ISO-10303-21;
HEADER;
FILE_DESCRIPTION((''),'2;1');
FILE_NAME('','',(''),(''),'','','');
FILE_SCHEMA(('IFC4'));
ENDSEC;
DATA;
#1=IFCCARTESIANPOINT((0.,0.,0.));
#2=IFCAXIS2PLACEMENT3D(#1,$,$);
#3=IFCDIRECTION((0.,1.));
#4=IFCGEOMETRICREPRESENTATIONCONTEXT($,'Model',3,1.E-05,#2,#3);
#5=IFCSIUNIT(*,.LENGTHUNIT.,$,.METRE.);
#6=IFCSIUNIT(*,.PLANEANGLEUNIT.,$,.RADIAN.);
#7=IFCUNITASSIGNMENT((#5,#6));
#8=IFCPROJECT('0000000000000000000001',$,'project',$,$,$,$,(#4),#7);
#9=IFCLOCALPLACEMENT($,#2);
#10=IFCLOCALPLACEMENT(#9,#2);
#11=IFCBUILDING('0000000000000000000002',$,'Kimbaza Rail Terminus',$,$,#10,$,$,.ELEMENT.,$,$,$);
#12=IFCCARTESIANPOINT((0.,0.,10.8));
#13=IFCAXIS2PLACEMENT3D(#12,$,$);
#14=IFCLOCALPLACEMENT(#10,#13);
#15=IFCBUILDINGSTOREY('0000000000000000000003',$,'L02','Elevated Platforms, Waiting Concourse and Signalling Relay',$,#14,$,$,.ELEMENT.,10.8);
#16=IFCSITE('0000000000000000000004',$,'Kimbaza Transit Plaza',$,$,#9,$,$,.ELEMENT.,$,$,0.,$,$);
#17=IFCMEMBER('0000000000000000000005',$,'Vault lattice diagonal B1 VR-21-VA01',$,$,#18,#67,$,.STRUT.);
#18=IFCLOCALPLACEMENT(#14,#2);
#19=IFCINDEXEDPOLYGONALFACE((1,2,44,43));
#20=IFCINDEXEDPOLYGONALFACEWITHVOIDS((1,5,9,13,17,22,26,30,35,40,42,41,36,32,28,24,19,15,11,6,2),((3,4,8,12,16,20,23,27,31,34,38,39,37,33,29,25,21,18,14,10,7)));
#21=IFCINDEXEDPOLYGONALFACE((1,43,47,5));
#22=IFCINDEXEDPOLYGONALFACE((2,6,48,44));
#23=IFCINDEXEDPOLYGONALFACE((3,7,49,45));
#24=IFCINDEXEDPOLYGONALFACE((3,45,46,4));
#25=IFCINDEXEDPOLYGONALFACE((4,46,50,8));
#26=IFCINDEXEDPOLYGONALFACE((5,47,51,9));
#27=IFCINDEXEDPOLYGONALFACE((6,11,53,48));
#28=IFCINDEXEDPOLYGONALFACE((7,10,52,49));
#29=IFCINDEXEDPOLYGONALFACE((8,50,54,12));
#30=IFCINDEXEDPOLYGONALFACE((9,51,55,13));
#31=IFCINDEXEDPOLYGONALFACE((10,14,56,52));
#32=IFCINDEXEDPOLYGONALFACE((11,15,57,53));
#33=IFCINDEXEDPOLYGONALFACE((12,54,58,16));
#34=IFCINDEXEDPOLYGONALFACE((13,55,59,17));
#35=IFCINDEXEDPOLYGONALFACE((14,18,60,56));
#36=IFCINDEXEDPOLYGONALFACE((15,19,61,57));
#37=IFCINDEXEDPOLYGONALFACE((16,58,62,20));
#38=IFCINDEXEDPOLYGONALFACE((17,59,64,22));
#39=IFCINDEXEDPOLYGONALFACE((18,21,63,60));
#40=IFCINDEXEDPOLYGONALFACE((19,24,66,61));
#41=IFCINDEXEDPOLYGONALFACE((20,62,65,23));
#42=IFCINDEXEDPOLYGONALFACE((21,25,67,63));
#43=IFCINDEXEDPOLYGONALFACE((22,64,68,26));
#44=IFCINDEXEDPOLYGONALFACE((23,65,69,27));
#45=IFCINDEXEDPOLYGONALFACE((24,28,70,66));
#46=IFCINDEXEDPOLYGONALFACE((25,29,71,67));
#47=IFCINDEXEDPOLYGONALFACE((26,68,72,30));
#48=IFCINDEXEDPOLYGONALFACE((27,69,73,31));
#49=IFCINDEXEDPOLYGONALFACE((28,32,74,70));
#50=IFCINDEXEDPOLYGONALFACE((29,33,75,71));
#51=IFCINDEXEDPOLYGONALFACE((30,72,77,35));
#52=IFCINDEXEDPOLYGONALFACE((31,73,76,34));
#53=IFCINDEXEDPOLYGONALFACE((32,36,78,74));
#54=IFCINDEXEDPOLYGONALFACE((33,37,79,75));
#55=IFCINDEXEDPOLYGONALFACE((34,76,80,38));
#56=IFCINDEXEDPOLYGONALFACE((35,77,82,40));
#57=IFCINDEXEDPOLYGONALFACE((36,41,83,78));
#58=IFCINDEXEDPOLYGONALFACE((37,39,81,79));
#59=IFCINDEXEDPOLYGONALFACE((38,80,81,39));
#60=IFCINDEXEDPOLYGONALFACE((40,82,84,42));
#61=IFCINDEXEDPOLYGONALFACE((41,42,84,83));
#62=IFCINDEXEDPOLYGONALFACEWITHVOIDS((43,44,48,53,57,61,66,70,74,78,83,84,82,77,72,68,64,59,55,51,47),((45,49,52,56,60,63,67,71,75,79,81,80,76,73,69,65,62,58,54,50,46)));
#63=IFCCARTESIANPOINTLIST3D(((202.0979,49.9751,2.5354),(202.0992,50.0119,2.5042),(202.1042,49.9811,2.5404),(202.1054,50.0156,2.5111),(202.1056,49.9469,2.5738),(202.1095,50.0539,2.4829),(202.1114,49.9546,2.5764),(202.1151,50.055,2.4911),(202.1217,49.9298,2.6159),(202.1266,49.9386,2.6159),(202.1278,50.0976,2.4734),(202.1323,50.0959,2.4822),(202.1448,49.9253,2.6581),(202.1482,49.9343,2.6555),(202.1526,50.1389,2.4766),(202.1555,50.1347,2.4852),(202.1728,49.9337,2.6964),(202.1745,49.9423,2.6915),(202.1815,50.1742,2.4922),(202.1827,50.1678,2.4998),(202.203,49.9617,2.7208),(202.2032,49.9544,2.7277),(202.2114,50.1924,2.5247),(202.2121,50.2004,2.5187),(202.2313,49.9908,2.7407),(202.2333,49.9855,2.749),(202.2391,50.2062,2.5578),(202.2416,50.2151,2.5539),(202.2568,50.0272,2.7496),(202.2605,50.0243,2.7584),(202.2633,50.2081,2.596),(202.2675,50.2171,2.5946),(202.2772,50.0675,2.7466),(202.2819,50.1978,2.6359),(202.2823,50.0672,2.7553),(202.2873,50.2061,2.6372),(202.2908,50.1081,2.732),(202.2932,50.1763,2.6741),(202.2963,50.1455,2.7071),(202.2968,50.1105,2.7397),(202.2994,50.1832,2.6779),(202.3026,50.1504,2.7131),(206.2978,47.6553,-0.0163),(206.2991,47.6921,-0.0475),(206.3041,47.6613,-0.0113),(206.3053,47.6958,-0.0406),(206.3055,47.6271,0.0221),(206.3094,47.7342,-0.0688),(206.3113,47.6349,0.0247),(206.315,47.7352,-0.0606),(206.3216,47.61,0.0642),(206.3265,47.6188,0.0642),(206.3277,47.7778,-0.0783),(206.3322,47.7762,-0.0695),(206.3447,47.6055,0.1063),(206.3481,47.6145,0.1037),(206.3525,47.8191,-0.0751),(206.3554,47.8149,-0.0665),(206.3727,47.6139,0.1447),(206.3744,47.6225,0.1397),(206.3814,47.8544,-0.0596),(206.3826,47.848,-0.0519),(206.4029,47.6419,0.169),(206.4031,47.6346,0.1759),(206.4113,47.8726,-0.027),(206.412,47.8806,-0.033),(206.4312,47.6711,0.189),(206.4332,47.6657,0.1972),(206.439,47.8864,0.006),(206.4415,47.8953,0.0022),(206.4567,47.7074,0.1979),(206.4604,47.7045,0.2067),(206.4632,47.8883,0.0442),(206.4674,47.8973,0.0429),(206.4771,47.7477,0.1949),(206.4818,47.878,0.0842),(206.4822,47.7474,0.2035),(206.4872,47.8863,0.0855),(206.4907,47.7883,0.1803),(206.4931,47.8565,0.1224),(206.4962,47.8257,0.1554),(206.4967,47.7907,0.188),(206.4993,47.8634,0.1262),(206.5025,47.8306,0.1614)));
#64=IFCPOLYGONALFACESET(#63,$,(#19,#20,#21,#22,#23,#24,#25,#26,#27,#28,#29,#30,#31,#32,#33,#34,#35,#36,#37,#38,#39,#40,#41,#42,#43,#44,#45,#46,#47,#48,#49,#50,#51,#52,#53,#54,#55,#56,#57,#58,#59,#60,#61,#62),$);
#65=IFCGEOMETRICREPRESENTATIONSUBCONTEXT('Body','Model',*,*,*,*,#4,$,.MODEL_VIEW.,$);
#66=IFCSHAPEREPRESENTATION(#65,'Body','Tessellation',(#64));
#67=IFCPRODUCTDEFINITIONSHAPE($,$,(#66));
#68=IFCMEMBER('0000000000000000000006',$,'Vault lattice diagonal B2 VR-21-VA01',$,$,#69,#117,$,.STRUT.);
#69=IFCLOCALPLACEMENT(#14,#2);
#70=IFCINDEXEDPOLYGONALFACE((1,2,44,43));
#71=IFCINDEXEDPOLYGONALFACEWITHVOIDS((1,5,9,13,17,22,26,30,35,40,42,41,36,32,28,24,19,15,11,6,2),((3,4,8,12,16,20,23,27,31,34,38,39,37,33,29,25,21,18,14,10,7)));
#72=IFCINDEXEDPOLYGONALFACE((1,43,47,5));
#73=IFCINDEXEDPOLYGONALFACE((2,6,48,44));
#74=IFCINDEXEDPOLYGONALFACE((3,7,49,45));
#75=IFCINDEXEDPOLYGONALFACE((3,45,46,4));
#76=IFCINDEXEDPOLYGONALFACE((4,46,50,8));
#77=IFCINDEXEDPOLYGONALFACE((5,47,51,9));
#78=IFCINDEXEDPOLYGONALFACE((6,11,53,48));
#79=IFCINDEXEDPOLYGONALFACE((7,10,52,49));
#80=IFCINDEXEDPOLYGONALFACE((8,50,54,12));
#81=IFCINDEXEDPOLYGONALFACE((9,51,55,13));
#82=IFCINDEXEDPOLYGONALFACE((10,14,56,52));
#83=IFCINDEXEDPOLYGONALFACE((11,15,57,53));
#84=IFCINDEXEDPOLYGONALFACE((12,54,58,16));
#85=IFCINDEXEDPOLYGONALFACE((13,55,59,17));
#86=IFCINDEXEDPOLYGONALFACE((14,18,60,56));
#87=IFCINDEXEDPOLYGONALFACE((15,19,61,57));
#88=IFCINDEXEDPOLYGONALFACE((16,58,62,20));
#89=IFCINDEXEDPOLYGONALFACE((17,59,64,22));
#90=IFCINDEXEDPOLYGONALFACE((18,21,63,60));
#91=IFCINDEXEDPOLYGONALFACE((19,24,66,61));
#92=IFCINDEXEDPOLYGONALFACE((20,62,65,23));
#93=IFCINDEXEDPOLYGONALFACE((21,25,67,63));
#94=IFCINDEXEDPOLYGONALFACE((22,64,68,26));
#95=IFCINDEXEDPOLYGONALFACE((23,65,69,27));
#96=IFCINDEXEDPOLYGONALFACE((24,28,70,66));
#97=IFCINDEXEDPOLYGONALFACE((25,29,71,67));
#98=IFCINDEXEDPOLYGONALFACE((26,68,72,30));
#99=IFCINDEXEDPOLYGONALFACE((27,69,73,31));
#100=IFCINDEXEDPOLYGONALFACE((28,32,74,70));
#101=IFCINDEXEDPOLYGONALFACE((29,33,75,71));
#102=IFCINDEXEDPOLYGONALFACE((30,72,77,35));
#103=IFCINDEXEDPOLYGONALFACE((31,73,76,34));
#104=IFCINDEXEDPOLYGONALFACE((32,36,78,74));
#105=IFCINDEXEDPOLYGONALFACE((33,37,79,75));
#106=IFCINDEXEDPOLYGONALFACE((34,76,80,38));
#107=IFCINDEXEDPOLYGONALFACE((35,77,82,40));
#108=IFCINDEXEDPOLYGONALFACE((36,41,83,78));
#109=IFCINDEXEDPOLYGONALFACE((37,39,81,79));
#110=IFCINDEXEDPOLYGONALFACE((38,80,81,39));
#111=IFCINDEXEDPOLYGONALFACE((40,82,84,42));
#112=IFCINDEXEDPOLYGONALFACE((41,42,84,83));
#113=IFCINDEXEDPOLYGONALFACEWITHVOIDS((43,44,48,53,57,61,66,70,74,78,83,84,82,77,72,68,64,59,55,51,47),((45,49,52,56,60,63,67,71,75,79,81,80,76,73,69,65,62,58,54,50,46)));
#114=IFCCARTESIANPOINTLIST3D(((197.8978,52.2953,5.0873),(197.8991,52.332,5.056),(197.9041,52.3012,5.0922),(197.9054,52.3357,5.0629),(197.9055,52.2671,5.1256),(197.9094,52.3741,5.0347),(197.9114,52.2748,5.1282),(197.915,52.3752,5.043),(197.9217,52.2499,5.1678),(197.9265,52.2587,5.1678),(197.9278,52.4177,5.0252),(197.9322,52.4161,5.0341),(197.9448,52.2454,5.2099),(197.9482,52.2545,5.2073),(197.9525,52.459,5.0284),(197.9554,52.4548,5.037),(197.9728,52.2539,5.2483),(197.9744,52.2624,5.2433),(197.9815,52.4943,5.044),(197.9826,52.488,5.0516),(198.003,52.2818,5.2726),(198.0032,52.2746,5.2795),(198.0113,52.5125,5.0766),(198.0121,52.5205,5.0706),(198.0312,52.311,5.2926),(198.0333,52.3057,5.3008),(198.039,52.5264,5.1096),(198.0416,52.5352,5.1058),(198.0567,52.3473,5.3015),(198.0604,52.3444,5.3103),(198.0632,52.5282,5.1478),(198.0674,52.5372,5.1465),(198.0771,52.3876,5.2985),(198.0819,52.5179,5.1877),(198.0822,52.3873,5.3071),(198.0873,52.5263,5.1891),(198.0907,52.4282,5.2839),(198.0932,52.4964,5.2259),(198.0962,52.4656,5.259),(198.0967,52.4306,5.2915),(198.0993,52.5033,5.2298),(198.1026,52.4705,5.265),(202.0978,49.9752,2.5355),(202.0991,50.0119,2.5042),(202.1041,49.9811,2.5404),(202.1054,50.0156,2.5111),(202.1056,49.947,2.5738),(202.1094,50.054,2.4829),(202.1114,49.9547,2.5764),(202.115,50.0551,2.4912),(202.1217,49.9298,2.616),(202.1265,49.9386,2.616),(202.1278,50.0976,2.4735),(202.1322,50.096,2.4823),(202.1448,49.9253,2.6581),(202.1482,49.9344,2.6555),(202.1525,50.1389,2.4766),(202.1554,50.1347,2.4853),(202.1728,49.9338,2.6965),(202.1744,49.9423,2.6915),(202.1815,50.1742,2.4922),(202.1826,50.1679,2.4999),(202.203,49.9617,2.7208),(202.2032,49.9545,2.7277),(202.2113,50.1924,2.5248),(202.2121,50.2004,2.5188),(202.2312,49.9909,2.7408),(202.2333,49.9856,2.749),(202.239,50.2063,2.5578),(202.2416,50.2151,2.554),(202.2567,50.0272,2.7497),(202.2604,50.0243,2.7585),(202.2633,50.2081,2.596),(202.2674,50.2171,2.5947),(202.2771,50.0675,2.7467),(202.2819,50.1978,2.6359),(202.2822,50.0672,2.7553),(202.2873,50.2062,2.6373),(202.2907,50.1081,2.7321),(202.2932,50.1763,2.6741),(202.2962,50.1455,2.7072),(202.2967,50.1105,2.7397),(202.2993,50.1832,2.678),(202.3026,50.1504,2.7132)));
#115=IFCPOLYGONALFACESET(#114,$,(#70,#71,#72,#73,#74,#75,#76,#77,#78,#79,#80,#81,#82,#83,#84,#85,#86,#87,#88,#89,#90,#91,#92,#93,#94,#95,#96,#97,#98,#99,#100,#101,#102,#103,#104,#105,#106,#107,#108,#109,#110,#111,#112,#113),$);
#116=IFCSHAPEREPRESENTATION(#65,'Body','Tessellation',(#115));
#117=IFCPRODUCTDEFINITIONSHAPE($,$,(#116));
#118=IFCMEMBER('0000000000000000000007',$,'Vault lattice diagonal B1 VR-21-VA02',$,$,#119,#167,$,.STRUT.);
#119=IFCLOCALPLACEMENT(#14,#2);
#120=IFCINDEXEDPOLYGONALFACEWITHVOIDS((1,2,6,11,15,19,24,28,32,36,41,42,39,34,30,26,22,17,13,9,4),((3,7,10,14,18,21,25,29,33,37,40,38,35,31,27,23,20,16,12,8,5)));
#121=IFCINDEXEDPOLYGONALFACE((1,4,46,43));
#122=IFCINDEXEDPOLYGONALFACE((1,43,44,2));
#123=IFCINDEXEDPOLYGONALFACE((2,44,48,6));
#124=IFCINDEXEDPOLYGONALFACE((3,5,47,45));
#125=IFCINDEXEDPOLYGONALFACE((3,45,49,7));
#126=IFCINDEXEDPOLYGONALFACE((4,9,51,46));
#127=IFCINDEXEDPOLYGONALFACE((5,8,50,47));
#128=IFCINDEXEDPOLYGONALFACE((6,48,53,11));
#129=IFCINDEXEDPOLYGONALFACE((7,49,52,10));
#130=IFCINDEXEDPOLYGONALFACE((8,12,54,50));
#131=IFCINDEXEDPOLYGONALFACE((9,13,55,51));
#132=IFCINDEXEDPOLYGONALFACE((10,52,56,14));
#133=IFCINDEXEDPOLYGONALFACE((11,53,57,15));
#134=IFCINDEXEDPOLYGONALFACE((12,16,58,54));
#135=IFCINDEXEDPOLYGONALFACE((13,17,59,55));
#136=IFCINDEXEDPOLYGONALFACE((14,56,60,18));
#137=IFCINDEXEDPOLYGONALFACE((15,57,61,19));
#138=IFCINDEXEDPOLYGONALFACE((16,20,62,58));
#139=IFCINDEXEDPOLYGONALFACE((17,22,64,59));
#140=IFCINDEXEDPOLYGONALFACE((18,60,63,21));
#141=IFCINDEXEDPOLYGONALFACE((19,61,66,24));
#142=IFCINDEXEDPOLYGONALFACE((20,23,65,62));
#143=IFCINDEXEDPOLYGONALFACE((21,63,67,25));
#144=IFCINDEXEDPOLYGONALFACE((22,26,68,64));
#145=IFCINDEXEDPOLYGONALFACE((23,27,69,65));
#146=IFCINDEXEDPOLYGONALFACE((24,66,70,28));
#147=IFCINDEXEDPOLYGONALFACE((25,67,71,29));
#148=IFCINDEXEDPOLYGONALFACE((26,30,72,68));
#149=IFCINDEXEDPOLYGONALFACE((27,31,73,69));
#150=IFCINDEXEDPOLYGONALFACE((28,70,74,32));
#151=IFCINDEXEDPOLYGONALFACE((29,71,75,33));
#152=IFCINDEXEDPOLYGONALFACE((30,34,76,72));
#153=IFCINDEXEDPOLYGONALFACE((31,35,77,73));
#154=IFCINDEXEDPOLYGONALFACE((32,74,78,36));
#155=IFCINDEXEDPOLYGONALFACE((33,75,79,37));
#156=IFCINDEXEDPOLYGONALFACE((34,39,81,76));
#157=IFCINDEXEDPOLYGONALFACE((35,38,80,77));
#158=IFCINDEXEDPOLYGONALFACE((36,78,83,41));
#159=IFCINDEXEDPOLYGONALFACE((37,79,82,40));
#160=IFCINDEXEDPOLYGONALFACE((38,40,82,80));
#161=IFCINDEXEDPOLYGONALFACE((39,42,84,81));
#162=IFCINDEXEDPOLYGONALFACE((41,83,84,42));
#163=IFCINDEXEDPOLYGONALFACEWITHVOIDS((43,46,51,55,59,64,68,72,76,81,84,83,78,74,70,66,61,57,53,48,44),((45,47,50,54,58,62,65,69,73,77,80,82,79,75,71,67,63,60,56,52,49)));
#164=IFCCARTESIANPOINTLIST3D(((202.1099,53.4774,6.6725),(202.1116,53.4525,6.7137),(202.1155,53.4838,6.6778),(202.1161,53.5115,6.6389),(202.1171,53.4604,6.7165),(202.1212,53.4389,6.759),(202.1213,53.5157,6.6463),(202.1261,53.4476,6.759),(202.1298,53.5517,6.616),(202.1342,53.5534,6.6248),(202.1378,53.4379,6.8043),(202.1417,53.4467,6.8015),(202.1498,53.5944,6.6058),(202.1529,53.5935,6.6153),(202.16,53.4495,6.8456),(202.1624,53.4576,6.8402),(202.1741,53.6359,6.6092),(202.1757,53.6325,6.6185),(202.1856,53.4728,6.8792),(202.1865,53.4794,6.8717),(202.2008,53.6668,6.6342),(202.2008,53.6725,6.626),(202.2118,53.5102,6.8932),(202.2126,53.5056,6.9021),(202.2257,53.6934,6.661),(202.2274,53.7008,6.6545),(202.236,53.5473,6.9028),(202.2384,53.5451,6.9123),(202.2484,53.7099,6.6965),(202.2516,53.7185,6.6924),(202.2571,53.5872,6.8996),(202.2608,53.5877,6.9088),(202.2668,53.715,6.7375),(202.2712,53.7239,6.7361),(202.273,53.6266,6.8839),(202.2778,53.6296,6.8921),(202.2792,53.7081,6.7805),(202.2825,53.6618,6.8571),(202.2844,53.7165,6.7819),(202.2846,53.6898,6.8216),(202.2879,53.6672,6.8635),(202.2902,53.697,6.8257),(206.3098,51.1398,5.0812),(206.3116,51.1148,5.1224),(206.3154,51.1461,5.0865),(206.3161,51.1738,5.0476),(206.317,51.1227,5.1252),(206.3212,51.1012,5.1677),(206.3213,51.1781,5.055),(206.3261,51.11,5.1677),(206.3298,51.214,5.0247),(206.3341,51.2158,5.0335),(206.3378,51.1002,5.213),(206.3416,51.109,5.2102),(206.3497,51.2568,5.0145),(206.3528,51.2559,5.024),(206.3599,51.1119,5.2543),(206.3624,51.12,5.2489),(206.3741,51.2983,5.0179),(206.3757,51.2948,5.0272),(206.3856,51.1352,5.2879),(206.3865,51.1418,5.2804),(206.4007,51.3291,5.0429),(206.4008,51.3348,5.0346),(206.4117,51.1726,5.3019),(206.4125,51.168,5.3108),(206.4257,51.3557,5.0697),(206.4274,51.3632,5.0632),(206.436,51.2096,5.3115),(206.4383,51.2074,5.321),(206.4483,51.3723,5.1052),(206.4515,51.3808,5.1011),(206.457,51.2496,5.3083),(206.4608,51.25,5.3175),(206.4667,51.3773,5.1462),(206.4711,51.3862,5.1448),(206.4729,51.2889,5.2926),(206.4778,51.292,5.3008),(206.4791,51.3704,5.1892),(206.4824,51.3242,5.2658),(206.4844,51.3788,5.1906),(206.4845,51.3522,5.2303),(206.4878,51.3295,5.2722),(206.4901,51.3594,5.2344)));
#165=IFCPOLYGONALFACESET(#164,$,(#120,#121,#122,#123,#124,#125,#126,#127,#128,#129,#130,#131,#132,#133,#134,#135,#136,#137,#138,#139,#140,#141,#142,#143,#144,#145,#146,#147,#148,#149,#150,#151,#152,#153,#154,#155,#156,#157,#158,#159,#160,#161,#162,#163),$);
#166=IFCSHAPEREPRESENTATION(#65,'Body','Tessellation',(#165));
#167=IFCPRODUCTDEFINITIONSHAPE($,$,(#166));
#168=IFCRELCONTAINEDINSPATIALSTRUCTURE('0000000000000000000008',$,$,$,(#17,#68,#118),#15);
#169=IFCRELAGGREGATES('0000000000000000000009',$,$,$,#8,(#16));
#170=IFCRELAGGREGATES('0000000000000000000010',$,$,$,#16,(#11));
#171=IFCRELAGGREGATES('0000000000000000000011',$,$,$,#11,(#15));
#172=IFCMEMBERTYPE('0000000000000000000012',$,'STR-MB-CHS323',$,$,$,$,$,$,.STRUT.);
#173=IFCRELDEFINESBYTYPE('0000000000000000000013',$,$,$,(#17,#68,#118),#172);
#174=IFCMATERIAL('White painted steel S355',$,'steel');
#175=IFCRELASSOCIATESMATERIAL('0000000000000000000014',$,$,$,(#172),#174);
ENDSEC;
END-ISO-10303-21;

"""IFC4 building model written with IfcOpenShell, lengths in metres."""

from ifc_helpers import new_model, si_unit, direction, frame, origin, origin_2d, place, context, subcontext, project, spatial, hollow_circle, extrude, material, material_profile, profile_set, type_object, element, save


model = new_model("IFC4")

# Units and contexts
model_context = context("Model", 3, precision=1e-05, world=origin(), true_north=direction((0.0, 1.0)))
body_context = subcontext(model_context, "Body", "Model", "MODEL_VIEW")
ifc_project = project(units=[si_unit("LENGTHUNIT", "METRE"), si_unit("PLANEANGLEUNIT", "RADIAN")], contexts=[model_context])

# Site, building, storey
site_placement = place(None, origin())
site = spatial("IfcSite", under=ifc_project, at=site_placement, Name="Kimbaza Transit Plaza", CompositionType="ELEMENT", RefElevation=0.0)
building_placement = place(site_placement, origin())
building = spatial("IfcBuilding", under=site, at=building_placement, Name="Kimbaza Rail Terminus", CompositionType="ELEMENT")
storey_placement = place(building_placement, frame((0.0, 0.0, 10.8)))
storey = spatial("IfcBuildingStorey", under=building, at=storey_placement, Name="L02", Description="Elevated Platforms, Waiting Concourse and Signalling Relay", CompositionType="ELEMENT", Elevation=10.8)

# Members
ifc_material_1 = material(Name="White painted steel S355", Category="steel")
ifc_material_profile_1 = material_profile(ifc_material_1, hollow_circle(Radius=0.1619, WallThickness=0.01, at=origin_2d()), Name="CHS 323.9x10")
ifc_profile_set_1 = profile_set([ifc_material_profile_1], Name="White painted steel S355")
member_type_1 = type_object("IfcMemberType", Name="STR-MB-CHS323", PredefinedType="STRUT", material=ifc_profile_set_1)
member_1_placement = place(storey_placement, frame((206.3999, 47.7517, 0.0642), z_axis=(-0.772846, 0.426878, 0.469557), x_axis=(-0.483494, -0.875348, 0.0)))
element("IfcMember", 1, at=member_1_placement, inside=storey, type_object=member_type_1, Name="Vault lattice diagonal B1 VR-21-VA01", PredefinedType="STRUT", context=body_context, shape_type="SweptSolid", body=[
    extrude(hollow_circle(Radius=0.1619, WallThickness=0.01, at=origin_2d()), origin(), (0.0, 0.0, 1.0), 5.4343),
])
member_2_placement = place(storey_placement, frame((202.2, 50.0715, 2.616), z_axis=(-0.772831, 0.426915, 0.469548), x_axis=(-0.483533, -0.875326, 0.0)))
element("IfcMember", 2, at=member_2_placement, inside=storey, type_object=member_type_1, Name="Vault lattice diagonal B2 VR-21-VA01", PredefinedType="STRUT", context=body_context, shape_type="SweptSolid", body=[
    extrude(hollow_circle(Radius=0.1619, WallThickness=0.01, at=origin_2d()), origin(), (0.0, 0.0, 1.0), 5.4346),
])
member_3_placement = place(storey_placement, frame((206.3999, 51.2427, 5.1677), z_axis=(-0.829498, 0.461689, 0.314286), x_axis=(-0.486333, -0.873774, 0.0)))
element("IfcMember", 3, at=member_3_placement, inside=storey, type_object=member_type_1, Name="Vault lattice diagonal B1 VR-21-VA02", PredefinedType="STRUT", context=body_context, shape_type="SweptSolid", body=[
    extrude(hollow_circle(Radius=0.1619, WallThickness=0.01, at=origin_2d()), origin(), (0.0, 0.0, 1.0), 5.0632),
])

save(model, "model.ifc")
